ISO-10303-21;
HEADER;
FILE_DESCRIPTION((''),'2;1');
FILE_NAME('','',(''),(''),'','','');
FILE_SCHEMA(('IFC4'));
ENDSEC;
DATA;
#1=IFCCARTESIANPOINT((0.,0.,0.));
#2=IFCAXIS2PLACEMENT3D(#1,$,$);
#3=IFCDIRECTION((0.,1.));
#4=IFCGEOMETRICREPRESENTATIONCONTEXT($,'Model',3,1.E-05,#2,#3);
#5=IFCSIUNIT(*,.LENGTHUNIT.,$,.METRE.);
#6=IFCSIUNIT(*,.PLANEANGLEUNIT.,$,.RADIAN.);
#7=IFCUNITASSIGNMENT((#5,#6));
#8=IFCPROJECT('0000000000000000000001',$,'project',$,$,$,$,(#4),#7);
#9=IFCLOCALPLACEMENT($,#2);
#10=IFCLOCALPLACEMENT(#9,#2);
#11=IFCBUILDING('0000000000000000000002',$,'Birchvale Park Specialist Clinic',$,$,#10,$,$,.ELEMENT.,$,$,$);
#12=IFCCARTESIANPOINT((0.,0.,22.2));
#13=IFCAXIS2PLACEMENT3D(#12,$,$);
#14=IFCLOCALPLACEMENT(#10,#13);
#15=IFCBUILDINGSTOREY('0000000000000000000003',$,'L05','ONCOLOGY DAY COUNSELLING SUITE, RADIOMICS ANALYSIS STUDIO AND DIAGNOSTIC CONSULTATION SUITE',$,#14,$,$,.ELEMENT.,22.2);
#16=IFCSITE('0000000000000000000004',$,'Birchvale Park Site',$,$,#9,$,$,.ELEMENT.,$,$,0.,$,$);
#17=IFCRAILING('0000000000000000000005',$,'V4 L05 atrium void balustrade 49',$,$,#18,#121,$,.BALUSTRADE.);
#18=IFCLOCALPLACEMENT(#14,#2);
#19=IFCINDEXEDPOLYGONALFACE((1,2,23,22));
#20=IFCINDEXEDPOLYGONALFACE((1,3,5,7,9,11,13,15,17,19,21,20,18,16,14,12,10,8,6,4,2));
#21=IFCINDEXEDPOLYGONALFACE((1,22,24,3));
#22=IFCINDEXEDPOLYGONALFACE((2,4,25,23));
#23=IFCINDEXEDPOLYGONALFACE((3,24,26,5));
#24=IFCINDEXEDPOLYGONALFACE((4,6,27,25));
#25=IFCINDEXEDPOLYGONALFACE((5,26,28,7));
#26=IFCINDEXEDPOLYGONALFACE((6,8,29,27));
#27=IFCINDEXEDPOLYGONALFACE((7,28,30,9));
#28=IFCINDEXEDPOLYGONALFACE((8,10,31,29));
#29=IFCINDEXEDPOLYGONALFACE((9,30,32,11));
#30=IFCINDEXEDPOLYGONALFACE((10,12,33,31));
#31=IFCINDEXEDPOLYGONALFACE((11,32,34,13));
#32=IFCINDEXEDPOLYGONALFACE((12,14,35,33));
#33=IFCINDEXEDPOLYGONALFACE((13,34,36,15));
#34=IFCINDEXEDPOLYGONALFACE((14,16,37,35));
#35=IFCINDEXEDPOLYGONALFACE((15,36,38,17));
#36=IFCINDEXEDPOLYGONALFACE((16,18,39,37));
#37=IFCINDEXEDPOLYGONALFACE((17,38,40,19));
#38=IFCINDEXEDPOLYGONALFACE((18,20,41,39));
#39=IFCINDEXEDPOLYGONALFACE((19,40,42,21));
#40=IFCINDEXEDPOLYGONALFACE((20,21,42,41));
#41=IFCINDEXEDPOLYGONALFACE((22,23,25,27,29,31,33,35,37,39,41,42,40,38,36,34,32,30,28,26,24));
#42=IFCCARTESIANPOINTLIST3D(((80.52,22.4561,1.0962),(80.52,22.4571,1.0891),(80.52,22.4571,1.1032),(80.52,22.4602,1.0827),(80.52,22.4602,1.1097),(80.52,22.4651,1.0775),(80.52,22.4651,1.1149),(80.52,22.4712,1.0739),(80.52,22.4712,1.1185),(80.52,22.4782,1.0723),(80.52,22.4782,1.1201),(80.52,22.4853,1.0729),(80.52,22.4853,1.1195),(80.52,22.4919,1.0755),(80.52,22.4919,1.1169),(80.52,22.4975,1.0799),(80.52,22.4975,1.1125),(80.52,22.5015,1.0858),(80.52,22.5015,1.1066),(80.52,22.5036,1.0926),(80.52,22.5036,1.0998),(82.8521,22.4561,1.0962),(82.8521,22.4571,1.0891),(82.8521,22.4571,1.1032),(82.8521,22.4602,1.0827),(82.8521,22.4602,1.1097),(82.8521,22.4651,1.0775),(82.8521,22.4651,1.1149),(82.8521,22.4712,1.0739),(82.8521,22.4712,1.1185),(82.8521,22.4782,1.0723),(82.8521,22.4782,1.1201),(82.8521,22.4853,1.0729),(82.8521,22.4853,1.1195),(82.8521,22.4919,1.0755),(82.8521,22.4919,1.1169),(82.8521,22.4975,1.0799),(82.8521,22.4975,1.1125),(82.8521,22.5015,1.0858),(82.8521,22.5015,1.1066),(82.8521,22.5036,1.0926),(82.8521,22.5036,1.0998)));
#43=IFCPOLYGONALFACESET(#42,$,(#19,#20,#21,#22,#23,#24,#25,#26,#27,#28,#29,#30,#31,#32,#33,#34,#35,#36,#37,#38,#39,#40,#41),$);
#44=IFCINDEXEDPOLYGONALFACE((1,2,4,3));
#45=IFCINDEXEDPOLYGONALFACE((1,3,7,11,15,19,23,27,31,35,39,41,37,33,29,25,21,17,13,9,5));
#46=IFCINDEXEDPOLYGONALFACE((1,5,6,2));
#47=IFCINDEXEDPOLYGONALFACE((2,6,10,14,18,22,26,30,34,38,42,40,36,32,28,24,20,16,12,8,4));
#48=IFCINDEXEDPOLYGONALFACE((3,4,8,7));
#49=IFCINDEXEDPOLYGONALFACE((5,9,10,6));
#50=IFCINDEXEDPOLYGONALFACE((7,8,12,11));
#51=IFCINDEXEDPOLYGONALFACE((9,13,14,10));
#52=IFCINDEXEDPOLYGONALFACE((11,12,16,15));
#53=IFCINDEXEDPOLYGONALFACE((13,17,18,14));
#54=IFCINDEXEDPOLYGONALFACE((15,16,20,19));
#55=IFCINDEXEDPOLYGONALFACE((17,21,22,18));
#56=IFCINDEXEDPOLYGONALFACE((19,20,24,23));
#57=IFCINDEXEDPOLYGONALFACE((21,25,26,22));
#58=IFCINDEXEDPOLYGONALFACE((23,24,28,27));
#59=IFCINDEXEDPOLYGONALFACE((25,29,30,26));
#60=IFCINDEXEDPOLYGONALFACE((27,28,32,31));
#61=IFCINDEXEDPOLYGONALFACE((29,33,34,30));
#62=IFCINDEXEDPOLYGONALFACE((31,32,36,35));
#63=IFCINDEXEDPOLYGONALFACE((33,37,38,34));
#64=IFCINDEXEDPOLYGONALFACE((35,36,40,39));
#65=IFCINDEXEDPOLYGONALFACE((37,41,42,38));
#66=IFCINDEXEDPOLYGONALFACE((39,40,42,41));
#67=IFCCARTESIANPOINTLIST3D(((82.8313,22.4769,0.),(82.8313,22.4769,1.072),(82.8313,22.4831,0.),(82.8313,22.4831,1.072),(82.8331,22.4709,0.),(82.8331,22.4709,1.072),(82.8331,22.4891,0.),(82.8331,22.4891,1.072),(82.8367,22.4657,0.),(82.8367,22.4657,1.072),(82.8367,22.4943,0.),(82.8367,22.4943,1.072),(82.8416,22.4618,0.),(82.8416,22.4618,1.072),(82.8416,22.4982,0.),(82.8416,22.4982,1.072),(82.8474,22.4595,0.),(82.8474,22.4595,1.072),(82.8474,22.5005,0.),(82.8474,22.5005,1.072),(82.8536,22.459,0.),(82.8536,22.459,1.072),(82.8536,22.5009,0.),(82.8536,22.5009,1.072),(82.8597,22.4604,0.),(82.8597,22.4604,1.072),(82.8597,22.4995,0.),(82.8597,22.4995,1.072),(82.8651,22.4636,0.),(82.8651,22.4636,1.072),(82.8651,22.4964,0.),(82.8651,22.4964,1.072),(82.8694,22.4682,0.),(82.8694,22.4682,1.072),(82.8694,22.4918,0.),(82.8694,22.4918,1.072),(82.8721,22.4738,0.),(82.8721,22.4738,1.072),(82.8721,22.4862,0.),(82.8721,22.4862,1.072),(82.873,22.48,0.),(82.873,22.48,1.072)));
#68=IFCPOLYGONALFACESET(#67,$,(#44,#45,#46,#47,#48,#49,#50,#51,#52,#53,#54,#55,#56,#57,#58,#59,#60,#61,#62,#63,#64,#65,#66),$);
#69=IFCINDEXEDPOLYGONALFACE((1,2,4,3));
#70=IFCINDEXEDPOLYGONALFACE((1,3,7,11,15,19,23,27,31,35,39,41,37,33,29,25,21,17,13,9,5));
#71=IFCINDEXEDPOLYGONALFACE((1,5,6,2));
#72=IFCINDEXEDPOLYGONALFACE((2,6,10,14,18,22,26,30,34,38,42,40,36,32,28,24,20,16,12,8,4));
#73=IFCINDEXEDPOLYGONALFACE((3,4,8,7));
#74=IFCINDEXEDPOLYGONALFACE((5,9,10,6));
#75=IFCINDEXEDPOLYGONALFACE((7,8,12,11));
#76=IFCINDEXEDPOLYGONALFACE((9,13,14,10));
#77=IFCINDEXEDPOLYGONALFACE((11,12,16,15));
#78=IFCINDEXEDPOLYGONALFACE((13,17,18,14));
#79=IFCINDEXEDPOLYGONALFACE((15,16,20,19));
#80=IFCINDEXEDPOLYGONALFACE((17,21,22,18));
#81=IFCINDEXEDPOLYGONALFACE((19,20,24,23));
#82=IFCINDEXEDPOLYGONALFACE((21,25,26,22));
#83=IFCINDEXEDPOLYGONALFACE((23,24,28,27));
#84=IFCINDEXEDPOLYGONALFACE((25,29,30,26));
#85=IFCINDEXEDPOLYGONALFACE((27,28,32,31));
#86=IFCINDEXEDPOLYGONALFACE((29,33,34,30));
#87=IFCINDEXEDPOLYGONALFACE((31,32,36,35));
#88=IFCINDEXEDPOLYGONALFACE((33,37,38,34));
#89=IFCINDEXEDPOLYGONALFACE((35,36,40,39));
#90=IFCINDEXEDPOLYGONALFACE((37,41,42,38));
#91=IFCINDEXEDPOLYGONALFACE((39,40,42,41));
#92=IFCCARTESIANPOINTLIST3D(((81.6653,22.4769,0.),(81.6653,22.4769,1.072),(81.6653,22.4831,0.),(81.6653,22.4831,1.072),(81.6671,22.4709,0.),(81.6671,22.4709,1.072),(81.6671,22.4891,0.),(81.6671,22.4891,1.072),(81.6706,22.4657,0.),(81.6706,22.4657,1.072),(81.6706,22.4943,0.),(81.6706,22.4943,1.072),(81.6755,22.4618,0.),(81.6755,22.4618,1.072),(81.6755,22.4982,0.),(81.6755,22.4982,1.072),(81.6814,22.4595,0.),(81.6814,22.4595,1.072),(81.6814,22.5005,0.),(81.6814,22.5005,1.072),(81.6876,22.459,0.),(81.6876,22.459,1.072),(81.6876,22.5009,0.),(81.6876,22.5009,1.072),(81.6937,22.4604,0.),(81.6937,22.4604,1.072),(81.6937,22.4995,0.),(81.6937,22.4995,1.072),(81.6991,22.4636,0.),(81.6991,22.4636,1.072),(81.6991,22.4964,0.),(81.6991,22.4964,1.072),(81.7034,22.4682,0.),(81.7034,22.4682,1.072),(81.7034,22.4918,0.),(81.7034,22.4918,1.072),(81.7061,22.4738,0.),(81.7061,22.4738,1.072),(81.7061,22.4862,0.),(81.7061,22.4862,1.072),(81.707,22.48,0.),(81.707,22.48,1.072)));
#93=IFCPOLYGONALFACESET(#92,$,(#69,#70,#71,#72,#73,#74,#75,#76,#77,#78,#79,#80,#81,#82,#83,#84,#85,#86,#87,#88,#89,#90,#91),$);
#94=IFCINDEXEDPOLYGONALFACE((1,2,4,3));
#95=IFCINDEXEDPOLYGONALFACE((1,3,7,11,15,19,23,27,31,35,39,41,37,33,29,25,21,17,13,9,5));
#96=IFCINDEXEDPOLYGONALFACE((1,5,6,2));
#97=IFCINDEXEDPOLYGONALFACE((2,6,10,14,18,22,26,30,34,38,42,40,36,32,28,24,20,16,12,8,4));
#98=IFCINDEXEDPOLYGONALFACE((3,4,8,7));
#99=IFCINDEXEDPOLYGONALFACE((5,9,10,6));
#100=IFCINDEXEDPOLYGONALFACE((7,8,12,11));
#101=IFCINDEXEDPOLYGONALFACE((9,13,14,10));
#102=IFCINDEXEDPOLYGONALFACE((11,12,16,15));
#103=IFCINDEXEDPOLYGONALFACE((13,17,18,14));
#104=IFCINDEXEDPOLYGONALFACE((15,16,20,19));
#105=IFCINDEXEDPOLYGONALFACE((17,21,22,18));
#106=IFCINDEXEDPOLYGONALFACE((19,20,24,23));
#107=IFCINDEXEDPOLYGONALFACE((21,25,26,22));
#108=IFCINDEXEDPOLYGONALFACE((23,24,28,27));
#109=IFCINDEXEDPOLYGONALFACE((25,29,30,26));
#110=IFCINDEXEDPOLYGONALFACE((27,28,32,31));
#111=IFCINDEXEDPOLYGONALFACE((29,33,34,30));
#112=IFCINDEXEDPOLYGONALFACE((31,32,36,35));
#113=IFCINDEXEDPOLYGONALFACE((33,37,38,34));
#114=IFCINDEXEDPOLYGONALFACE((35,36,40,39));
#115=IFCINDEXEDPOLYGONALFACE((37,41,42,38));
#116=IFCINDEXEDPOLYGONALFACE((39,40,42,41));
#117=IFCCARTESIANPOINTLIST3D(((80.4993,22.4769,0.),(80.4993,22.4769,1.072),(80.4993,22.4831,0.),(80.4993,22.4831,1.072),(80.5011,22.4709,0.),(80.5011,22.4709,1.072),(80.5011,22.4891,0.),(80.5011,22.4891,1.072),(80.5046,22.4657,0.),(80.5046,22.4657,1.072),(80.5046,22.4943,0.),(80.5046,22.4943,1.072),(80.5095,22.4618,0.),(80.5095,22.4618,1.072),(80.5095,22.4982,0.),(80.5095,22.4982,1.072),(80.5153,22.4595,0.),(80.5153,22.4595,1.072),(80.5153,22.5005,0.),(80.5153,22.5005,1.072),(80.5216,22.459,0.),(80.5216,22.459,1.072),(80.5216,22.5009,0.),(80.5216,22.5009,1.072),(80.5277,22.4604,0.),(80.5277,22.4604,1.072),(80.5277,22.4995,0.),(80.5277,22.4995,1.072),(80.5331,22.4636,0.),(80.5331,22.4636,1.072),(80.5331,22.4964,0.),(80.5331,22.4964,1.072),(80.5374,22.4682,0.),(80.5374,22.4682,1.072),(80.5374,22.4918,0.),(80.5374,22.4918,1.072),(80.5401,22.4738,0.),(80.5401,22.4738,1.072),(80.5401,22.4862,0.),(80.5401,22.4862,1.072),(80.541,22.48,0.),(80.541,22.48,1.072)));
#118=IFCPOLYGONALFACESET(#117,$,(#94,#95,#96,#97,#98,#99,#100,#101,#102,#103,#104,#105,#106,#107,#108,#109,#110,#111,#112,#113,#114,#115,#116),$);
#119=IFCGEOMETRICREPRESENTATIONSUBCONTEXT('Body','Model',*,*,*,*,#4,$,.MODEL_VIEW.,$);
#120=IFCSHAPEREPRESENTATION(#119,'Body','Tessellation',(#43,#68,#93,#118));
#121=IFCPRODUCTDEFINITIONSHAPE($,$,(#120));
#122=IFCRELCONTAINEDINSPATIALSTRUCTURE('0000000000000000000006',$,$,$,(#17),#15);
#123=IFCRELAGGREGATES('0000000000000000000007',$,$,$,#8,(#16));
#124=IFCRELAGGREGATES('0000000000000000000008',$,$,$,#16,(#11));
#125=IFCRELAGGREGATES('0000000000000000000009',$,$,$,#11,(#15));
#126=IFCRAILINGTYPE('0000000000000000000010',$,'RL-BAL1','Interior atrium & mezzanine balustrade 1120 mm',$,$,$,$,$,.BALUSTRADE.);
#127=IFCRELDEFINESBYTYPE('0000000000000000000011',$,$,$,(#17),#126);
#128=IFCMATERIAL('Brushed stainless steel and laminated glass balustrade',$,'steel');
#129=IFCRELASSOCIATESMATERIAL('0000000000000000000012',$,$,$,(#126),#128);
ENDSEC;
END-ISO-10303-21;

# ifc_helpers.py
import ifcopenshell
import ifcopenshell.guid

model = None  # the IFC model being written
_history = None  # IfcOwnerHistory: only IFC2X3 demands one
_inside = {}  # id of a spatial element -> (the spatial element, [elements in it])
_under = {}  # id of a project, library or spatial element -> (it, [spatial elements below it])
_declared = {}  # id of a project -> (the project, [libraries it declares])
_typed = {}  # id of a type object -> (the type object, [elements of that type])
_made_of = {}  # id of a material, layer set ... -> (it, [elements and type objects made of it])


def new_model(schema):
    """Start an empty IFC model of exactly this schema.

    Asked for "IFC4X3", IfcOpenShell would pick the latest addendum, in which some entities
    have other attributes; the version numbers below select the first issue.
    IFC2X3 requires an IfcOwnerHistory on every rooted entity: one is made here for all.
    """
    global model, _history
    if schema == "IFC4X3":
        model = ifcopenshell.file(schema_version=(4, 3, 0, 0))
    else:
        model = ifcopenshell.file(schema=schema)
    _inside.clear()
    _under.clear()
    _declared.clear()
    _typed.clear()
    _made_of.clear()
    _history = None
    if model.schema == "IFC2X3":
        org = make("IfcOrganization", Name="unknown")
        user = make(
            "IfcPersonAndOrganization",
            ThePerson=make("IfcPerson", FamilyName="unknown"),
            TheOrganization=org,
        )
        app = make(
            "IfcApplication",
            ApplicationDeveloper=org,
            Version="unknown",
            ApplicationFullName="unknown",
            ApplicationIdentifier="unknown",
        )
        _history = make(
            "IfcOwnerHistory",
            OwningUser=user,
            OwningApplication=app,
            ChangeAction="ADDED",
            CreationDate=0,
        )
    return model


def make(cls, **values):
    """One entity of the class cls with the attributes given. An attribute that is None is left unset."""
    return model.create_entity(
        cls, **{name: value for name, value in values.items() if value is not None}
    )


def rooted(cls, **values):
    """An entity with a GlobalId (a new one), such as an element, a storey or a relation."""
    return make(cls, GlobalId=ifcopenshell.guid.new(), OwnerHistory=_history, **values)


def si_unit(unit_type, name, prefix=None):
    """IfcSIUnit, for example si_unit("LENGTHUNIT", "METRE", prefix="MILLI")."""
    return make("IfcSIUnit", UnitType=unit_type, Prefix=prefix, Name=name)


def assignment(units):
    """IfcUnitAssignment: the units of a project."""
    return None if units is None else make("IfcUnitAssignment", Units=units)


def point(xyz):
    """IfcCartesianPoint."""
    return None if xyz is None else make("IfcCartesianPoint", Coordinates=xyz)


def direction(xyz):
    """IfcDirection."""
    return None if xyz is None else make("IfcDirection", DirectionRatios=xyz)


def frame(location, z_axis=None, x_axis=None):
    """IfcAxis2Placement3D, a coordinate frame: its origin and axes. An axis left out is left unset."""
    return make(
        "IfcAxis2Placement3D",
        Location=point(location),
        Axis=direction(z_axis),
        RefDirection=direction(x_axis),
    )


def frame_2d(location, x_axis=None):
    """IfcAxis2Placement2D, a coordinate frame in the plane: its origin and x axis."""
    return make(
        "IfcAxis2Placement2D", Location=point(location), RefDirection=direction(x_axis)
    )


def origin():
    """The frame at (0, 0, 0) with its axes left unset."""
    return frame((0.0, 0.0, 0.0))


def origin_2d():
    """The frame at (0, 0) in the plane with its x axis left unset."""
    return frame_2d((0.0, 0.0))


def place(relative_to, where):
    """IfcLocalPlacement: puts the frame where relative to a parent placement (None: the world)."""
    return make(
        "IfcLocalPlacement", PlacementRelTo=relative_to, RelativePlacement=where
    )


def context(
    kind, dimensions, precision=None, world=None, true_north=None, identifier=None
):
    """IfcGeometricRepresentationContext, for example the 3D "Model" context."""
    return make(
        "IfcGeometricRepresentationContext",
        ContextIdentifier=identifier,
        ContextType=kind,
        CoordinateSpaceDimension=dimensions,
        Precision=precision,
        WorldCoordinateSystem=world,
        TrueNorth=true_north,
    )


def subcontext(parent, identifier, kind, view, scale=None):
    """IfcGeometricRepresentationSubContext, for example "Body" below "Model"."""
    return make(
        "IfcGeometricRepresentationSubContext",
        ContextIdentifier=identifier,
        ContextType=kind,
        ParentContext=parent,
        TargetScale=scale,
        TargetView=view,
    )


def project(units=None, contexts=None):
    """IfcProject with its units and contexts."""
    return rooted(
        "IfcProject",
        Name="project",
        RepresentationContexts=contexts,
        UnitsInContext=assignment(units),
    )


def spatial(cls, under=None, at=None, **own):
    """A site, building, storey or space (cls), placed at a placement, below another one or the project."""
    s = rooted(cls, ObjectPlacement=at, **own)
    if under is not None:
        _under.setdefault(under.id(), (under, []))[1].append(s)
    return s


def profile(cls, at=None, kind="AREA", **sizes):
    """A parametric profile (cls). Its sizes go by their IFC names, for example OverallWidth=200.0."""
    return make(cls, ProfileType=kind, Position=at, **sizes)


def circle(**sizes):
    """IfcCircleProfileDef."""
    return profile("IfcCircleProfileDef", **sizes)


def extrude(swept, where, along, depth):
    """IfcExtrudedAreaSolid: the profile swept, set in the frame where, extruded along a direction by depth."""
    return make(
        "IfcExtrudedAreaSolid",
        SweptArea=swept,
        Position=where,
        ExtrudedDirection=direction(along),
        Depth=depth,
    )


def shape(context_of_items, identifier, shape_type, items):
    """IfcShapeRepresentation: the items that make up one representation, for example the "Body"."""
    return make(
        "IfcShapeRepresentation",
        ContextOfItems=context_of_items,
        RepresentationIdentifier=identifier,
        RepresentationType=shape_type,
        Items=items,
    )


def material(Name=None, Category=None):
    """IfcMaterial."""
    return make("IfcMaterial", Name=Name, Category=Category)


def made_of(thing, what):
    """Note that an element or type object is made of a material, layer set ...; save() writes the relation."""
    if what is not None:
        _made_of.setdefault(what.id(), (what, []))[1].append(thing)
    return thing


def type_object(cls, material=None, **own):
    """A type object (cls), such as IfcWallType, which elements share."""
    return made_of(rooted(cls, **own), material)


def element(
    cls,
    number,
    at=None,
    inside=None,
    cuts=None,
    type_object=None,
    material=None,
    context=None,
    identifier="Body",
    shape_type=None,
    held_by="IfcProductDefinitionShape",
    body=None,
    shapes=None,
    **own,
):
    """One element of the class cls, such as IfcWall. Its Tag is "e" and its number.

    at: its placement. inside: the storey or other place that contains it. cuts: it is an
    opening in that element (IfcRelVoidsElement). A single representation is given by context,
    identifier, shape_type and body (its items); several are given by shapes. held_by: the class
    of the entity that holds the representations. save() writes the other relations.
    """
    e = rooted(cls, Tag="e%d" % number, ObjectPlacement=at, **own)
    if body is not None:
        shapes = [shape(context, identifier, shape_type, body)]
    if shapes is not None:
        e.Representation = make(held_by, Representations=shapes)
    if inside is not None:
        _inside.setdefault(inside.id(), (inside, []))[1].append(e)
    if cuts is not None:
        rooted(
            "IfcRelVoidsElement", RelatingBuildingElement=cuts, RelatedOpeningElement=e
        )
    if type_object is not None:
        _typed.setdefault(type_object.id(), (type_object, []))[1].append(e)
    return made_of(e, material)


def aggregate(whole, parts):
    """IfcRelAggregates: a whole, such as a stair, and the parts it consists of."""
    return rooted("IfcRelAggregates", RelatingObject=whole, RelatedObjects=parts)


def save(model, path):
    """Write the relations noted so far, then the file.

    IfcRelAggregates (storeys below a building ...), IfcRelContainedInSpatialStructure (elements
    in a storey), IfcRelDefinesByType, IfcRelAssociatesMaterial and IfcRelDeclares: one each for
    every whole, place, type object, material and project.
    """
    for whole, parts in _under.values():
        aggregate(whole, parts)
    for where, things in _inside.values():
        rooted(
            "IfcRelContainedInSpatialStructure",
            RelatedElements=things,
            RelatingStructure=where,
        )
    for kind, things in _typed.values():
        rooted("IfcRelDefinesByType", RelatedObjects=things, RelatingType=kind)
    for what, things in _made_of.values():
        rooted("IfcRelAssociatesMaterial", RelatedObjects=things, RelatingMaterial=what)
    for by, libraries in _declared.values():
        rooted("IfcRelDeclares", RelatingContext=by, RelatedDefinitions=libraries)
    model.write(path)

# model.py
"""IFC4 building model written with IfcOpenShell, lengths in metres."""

from ifc_helpers import new_model, si_unit, direction, frame, origin, origin_2d, place, context, subcontext, project, spatial, circle, extrude, material, type_object, element, save


model = new_model("IFC4")

# Units and contexts
model_context = context("Model", 3, precision=1e-05, world=origin(), true_north=direction((0.0, 1.0)))
body_context = subcontext(model_context, "Body", "Model", "MODEL_VIEW")
ifc_project = project(units=[si_unit("LENGTHUNIT", "METRE"), si_unit("PLANEANGLEUNIT", "RADIAN")], contexts=[model_context])

# Site, building, storey
site_placement = place(None, origin())
site = spatial("IfcSite", under=ifc_project, at=site_placement, Name="Birchvale Park Site", CompositionType="ELEMENT", RefElevation=0.0)
building_placement = place(site_placement, origin())
building = spatial("IfcBuilding", under=site, at=building_placement, Name="Birchvale Park Specialist Clinic", CompositionType="ELEMENT")
storey_placement = place(building_placement, frame((0.0, 0.0, 22.2)))
storey = spatial("IfcBuildingStorey", under=building, at=storey_placement, Name="L05", Description="ONCOLOGY DAY COUNSELLING SUITE, RADIOMICS ANALYSIS STUDIO AND DIAGNOSTIC CONSULTATION SUITE", CompositionType="ELEMENT", Elevation=22.2)

# Railing
ifc_material_1 = material(Name="Brushed stainless steel and laminated glass balustrade", Category="steel")
railing_type = type_object("IfcRailingType", Name="RL-BAL1", Description="Interior atrium & mezzanine balustrade 1120 mm", PredefinedType="BALUSTRADE", material=ifc_material_1)
railing_1_placement = place(storey_placement, frame((82.8521, 22.48, 0.0)))
element("IfcRailing", 1, at=railing_1_placement, inside=storey, type_object=railing_type, Name="V4 L05 atrium void balustrade 49", PredefinedType="BALUSTRADE", context=body_context, shape_type="SweptSolid", body=[
    extrude(circle(Radius=0.0239, at=origin_2d()), frame((0.0, 0.0, 1.0962), z_axis=(-1.0, 0.0, 0.0), x_axis=(0.0, -1.0, 0.0)), (0.0, 0.0, 1.0), 2.332),
    extrude(circle(Radius=0.021, at=origin_2d()), origin(), (0.0, 0.0, 1.0), 1.072),
    extrude(circle(Radius=0.021, at=origin_2d()), frame((-1.166, 0.0, 0.0)), (0.0, 0.0, 1.0), 1.072),
    extrude(circle(Radius=0.021, at=origin_2d()), frame((-2.332, 0.0, 0.0)), (0.0, 0.0, 1.0), 1.072),
])

save(model, "model.ifc")
